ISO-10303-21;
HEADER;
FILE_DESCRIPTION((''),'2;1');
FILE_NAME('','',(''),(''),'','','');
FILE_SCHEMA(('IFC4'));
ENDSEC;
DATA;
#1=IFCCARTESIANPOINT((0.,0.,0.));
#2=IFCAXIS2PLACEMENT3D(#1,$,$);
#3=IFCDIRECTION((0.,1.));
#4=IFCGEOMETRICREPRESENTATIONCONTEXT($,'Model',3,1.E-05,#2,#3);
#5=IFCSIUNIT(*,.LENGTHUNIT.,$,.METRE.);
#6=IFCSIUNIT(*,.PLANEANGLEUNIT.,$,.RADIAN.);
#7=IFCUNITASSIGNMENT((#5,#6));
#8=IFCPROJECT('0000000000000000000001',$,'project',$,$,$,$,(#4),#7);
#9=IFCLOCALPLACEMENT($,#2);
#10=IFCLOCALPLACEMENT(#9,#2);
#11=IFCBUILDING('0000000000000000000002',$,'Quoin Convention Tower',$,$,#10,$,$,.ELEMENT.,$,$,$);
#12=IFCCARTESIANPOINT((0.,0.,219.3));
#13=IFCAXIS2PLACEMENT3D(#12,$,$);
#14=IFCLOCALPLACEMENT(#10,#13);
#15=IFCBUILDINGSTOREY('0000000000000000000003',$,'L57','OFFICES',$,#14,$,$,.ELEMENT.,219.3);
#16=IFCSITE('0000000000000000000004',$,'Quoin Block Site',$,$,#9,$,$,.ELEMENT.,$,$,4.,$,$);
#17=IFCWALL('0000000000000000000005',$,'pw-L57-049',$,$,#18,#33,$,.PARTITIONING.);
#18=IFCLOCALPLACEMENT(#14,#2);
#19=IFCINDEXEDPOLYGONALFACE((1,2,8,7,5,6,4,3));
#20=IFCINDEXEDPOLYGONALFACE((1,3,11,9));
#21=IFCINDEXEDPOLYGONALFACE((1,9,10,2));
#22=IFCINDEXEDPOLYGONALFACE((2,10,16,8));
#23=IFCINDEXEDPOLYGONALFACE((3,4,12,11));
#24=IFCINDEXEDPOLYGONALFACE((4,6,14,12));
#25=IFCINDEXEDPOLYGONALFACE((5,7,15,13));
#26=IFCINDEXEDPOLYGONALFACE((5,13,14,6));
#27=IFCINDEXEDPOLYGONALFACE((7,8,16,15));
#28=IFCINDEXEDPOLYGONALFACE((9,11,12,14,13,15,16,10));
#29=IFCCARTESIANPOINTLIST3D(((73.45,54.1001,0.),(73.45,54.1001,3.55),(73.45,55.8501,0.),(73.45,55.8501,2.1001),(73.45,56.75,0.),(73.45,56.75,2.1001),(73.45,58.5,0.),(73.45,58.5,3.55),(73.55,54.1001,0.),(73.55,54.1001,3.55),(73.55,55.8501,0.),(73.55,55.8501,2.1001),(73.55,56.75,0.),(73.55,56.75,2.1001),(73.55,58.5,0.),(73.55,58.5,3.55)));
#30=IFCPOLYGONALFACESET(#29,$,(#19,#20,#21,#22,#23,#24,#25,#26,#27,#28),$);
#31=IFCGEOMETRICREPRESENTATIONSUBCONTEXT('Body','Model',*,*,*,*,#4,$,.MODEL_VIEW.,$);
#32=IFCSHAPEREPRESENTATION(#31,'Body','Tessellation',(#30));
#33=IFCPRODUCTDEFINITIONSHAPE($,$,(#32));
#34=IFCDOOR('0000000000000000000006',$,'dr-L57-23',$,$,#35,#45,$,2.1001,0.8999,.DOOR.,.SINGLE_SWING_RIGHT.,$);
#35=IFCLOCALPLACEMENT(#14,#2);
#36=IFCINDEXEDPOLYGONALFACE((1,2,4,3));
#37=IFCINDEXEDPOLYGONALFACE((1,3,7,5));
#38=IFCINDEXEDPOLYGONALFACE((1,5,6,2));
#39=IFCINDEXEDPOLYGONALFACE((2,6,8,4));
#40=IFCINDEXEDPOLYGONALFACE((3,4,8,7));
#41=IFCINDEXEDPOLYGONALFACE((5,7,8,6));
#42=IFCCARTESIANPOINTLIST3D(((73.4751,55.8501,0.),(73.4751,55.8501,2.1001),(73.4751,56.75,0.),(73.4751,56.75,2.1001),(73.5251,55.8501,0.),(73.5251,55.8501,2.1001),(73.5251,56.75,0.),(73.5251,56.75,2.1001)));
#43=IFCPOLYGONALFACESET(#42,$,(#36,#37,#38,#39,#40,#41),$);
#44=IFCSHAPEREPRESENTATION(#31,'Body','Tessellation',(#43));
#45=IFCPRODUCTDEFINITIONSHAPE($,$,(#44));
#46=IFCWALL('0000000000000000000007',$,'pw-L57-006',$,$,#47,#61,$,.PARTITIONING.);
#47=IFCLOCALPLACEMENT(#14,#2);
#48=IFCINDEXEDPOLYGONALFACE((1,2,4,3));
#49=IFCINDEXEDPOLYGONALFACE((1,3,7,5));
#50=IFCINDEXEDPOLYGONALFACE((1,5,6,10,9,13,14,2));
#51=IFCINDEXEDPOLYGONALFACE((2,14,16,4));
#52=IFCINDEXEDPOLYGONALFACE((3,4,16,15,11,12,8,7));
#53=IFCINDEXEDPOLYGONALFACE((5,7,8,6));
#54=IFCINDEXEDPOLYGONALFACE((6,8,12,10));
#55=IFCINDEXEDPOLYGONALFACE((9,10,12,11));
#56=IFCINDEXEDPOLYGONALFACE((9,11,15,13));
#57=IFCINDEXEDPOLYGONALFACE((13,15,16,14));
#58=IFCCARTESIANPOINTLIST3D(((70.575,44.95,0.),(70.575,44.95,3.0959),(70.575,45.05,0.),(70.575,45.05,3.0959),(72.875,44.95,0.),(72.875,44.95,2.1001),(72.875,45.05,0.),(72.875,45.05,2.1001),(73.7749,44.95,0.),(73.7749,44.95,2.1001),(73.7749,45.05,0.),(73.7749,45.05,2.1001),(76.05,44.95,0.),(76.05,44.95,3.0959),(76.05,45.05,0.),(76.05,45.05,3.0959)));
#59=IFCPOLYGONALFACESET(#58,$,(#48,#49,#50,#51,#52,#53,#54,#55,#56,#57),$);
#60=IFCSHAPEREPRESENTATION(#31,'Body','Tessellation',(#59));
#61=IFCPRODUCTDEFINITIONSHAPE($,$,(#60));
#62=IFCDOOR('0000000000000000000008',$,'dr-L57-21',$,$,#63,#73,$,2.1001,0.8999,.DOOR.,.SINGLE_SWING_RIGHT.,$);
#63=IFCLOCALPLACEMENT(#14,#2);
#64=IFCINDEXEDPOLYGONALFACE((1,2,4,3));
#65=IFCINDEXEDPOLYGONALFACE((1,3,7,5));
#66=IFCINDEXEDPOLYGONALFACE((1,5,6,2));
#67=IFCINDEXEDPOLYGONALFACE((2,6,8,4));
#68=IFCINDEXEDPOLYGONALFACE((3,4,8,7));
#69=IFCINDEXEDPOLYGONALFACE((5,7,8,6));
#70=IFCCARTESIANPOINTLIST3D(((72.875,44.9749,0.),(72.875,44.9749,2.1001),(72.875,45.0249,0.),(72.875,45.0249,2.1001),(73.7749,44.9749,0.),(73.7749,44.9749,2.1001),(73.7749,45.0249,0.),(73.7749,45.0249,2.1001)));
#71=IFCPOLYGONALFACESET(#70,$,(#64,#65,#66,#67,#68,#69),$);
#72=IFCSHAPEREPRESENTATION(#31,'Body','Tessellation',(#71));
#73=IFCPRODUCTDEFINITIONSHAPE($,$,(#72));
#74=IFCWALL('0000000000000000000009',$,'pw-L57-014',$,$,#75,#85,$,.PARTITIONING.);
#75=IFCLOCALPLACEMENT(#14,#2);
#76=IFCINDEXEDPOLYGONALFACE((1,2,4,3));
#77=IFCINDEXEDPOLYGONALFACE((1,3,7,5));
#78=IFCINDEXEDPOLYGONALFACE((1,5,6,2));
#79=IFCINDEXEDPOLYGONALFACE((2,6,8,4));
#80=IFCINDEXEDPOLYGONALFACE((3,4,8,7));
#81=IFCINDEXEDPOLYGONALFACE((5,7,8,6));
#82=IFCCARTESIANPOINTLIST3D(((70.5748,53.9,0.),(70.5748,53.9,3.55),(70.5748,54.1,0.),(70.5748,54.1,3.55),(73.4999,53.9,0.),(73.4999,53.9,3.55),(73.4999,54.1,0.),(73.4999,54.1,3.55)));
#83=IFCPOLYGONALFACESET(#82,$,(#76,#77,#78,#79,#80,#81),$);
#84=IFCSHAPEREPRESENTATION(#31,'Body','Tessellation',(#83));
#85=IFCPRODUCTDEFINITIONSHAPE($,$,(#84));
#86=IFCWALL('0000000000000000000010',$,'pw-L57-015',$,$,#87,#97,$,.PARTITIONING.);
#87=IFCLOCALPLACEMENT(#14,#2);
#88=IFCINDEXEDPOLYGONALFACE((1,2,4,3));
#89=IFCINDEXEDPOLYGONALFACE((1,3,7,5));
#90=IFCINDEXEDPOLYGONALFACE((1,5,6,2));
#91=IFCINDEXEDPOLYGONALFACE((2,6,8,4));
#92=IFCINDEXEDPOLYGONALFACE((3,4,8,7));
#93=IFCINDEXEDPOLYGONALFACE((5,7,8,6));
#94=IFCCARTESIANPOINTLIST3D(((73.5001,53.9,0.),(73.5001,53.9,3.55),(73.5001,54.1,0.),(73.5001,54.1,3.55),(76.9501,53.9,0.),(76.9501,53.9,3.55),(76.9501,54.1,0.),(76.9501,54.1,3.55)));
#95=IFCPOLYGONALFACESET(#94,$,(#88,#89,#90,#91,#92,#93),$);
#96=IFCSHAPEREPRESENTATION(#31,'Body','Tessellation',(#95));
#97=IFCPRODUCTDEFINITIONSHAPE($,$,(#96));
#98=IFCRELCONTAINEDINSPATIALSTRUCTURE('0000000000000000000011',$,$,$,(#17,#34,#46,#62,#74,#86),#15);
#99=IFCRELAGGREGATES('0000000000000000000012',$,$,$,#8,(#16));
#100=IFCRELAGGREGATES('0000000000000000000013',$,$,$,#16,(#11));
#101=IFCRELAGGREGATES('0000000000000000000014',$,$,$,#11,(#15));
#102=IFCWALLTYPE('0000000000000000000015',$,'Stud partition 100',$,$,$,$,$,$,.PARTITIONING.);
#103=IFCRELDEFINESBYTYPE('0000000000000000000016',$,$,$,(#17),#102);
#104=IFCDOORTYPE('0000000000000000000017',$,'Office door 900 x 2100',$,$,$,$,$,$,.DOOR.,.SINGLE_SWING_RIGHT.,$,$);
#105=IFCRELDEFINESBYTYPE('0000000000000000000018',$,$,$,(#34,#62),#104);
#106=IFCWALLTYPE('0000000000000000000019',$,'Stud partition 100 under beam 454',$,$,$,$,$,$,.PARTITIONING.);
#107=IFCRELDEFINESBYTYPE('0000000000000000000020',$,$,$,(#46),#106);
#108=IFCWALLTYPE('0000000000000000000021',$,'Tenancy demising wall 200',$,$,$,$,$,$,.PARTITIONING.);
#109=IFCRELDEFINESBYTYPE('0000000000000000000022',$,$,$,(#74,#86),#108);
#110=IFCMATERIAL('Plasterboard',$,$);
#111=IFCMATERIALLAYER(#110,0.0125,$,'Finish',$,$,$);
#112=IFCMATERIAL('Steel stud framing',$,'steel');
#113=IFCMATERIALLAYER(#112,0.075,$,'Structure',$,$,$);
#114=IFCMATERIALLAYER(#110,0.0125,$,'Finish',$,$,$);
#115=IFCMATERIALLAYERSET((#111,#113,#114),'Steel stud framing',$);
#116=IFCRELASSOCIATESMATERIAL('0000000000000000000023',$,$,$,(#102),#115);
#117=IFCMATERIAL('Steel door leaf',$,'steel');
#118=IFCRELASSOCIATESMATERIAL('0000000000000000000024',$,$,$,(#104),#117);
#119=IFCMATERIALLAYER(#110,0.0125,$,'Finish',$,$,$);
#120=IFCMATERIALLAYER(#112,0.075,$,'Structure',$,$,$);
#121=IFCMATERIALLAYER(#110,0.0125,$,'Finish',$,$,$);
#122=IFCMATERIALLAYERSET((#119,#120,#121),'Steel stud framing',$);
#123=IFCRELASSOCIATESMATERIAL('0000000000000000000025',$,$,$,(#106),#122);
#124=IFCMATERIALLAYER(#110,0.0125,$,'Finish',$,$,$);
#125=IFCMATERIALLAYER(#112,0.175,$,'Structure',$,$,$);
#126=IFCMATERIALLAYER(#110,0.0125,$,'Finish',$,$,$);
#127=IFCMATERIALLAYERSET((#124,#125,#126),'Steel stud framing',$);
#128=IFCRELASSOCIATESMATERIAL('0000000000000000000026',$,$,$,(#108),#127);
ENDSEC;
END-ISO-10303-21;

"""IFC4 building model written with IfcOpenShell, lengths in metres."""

from ifc_helpers import new_model, si_unit, direction, frame, frame_2d, origin, place, context, subcontext, project, spatial, rectangle, extrude, material, layer, layer_set, type_object, element, fill, save


model = new_model("IFC4")

# Units and contexts
model_context = context("Model", 3, precision=1e-05, world=origin(), true_north=direction((0.0, 1.0)))
body_context = subcontext(model_context, "Body", "Model", "MODEL_VIEW")
ifc_project = project(units=[si_unit("LENGTHUNIT", "METRE"), si_unit("PLANEANGLEUNIT", "RADIAN")], contexts=[model_context])

# Site, building, storey
site_placement = place(None, origin())
site = spatial("IfcSite", under=ifc_project, at=site_placement, Name="Quoin Block Site", CompositionType="ELEMENT", RefElevation=4.0)
building_placement = place(site_placement, origin())
building = spatial("IfcBuilding", under=site, at=building_placement, Name="Quoin Convention Tower", CompositionType="ELEMENT")
storey_placement = place(building_placement, frame((0.0, 0.0, 219.3)))
storey = spatial("IfcBuildingStorey", under=building, at=storey_placement, Name="L57", Description="OFFICES", CompositionType="ELEMENT", Elevation=219.3)

# Shared definitions
ifc_material_1 = material(Name="Plasterboard")
ifc_material_2 = material(Name="Steel stud framing", Category="steel")

# Shared definitions
ifc_material_3 = material(Name="Steel door leaf", Category="steel")

# Shared definitions
ifc_layer_1 = layer(ifc_material_1, 0.0125, Name="Finish")
ifc_layer_2 = layer(ifc_material_2, 0.075, Name="Structure")
ifc_layer_3 = layer(ifc_material_1, 0.0125, Name="Finish")
ifc_layer_set_1 = layer_set([ifc_layer_1, ifc_layer_2, ifc_layer_3], Name="Steel stud framing")
wall_type_1 = type_object("IfcWallType", Name="Stud partition 100", PredefinedType="PARTITIONING", material=ifc_layer_set_1)

# Walls, openings, doors
wall_1_placement = place(storey_placement, frame((73.5, 54.1001, 0.0), z_axis=(0.0, 0.0, 1.0), x_axis=(0.0, 1.0, 0.0)))
wall_1 = element("IfcWall", 1, at=wall_1_placement, inside=storey, type_object=wall_type_1, Name="pw-L57-049", PredefinedType="PARTITIONING", context=body_context, shape_type="SweptSolid", body=[
    extrude(rectangle(XDim=4.3999, YDim=0.1001, at=frame_2d((2.2, 0.0))), origin(), (0.0, 0.0, 1.0), 3.55),
])
opening_1_placement = place(wall_1_placement, frame((1.75, 0.0, 0.0)))
opening_1 = element("IfcOpeningElement", 2, at=opening_1_placement, cuts=wall_1, PredefinedType="OPENING", context=body_context, shape_type="SweptSolid", body=[
    extrude(rectangle(XDim=0.8999, YDim=2.1001, at=frame_2d((0.45, 1.05))), frame((0.0, 0.0601, 0.0), z_axis=(0.0, -1.0, 0.0), x_axis=(1.0, 0.0, 0.0)), (0.0, 0.0, 1.0), 0.1201),
])
door_type_1 = type_object("IfcDoorType", Name="Office door 900 x 2100", OperationType="SINGLE_SWING_RIGHT", PredefinedType="DOOR", material=ifc_material_3)
door_1_placement = place(opening_1_placement, origin())
door_1 = element("IfcDoor", 3, at=door_1_placement, inside=storey, type_object=door_type_1, Name="dr-L57-23", OperationType="SINGLE_SWING_RIGHT", OverallHeight=2.1001, OverallWidth=0.8999, PredefinedType="DOOR", context=body_context, shape_type="SweptSolid", body=[
    extrude(rectangle(XDim=0.8999, YDim=2.1001, at=frame_2d((0.45, 1.05))), frame((0.0, 0.0249, 0.0), z_axis=(0.0, -1.0, 0.0), x_axis=(1.0, 0.0, 0.0)), (0.0, 0.0, 1.0), 0.05),
])
fill(opening_1, door_1)
ifc_layer_4 = layer(ifc_material_1, 0.0125, Name="Finish")
ifc_layer_5 = layer(ifc_material_2, 0.075, Name="Structure")
ifc_layer_6 = layer(ifc_material_1, 0.0125, Name="Finish")
ifc_layer_set_2 = layer_set([ifc_layer_4, ifc_layer_5, ifc_layer_6], Name="Steel stud framing")
wall_type_2 = type_object("IfcWallType", Name="Stud partition 100 under beam 454", PredefinedType="PARTITIONING", material=ifc_layer_set_2)
wall_2_placement = place(storey_placement, frame((70.575, 45.0, 0.0), z_axis=(0.0, 0.0, 1.0), x_axis=(1.0, 0.0, 0.0)))
wall_2 = element("IfcWall", 4, at=wall_2_placement, inside=storey, type_object=wall_type_2, Name="pw-L57-006", PredefinedType="PARTITIONING", context=body_context, shape_type="SweptSolid", body=[
    extrude(rectangle(XDim=5.4751, YDim=0.1001, at=frame_2d((2.7375, 0.0))), origin(), (0.0, 0.0, 1.0), 3.0959),
])
opening_2_placement = place(wall_2_placement, frame((2.3, 0.0, 0.0)))
opening_2 = element("IfcOpeningElement", 5, at=opening_2_placement, cuts=wall_2, PredefinedType="OPENING", context=body_context, shape_type="SweptSolid", body=[
    extrude(rectangle(XDim=0.8999, YDim=2.1001, at=frame_2d((0.45, 1.05))), frame((0.0, 0.0601, 0.0), z_axis=(0.0, -1.0, 0.0), x_axis=(1.0, 0.0, 0.0)), (0.0, 0.0, 1.0), 0.1201),
])
door_2_placement = place(opening_2_placement, origin())
door_2 = element("IfcDoor", 6, at=door_2_placement, inside=storey, type_object=door_type_1, Name="dr-L57-21", OperationType="SINGLE_SWING_RIGHT", OverallHeight=2.1001, OverallWidth=0.8999, PredefinedType="DOOR", context=body_context, shape_type="SweptSolid", body=[
    extrude(rectangle(XDim=0.8999, YDim=2.1001, at=frame_2d((0.45, 1.05))), frame((0.0, 0.0249, 0.0), z_axis=(0.0, -1.0, 0.0), x_axis=(1.0, 0.0, 0.0)), (0.0, 0.0, 1.0), 0.05),
])
fill(opening_2, door_2)

# Walls
ifc_layer_7 = layer(ifc_material_1, 0.0125, Name="Finish")
ifc_layer_8 = layer(ifc_material_2, 0.175, Name="Structure")
ifc_layer_9 = layer(ifc_material_1, 0.0125, Name="Finish")
ifc_layer_set_3 = layer_set([ifc_layer_7, ifc_layer_8, ifc_layer_9], Name="Steel stud framing")
wall_type_3 = type_object("IfcWallType", Name="Tenancy demising wall 200", PredefinedType="PARTITIONING", material=ifc_layer_set_3)
wall_3_placement = place(storey_placement, frame((70.575, 54.0, 0.0), z_axis=(0.0, 0.0, 1.0), x_axis=(1.0, 0.0, 0.0)))
element("IfcWall", 7, at=wall_3_placement, inside=storey, type_object=wall_type_3, Name="pw-L57-014", PredefinedType="PARTITIONING", context=body_context, shape_type="SweptSolid", body=[
    extrude(rectangle(XDim=2.925, YDim=0.2, at=frame_2d((1.4624, 0.0))), origin(), (0.0, 0.0, 1.0), 3.55),
])
wall_4_placement = place(storey_placement, frame((73.5, 54.0, 0.0), z_axis=(0.0, 0.0, 1.0), x_axis=(1.0, 0.0, 0.0)))
element("IfcWall", 8, at=wall_4_placement, inside=storey, type_object=wall_type_3, Name="pw-L57-015", PredefinedType="PARTITIONING", context=body_context, shape_type="SweptSolid", body=[
    extrude(rectangle(XDim=3.45, YDim=0.2, at=frame_2d((1.7251, 0.0))), origin(), (0.0, 0.0, 1.0), 3.55),
])

save(model, "model.ifc")
